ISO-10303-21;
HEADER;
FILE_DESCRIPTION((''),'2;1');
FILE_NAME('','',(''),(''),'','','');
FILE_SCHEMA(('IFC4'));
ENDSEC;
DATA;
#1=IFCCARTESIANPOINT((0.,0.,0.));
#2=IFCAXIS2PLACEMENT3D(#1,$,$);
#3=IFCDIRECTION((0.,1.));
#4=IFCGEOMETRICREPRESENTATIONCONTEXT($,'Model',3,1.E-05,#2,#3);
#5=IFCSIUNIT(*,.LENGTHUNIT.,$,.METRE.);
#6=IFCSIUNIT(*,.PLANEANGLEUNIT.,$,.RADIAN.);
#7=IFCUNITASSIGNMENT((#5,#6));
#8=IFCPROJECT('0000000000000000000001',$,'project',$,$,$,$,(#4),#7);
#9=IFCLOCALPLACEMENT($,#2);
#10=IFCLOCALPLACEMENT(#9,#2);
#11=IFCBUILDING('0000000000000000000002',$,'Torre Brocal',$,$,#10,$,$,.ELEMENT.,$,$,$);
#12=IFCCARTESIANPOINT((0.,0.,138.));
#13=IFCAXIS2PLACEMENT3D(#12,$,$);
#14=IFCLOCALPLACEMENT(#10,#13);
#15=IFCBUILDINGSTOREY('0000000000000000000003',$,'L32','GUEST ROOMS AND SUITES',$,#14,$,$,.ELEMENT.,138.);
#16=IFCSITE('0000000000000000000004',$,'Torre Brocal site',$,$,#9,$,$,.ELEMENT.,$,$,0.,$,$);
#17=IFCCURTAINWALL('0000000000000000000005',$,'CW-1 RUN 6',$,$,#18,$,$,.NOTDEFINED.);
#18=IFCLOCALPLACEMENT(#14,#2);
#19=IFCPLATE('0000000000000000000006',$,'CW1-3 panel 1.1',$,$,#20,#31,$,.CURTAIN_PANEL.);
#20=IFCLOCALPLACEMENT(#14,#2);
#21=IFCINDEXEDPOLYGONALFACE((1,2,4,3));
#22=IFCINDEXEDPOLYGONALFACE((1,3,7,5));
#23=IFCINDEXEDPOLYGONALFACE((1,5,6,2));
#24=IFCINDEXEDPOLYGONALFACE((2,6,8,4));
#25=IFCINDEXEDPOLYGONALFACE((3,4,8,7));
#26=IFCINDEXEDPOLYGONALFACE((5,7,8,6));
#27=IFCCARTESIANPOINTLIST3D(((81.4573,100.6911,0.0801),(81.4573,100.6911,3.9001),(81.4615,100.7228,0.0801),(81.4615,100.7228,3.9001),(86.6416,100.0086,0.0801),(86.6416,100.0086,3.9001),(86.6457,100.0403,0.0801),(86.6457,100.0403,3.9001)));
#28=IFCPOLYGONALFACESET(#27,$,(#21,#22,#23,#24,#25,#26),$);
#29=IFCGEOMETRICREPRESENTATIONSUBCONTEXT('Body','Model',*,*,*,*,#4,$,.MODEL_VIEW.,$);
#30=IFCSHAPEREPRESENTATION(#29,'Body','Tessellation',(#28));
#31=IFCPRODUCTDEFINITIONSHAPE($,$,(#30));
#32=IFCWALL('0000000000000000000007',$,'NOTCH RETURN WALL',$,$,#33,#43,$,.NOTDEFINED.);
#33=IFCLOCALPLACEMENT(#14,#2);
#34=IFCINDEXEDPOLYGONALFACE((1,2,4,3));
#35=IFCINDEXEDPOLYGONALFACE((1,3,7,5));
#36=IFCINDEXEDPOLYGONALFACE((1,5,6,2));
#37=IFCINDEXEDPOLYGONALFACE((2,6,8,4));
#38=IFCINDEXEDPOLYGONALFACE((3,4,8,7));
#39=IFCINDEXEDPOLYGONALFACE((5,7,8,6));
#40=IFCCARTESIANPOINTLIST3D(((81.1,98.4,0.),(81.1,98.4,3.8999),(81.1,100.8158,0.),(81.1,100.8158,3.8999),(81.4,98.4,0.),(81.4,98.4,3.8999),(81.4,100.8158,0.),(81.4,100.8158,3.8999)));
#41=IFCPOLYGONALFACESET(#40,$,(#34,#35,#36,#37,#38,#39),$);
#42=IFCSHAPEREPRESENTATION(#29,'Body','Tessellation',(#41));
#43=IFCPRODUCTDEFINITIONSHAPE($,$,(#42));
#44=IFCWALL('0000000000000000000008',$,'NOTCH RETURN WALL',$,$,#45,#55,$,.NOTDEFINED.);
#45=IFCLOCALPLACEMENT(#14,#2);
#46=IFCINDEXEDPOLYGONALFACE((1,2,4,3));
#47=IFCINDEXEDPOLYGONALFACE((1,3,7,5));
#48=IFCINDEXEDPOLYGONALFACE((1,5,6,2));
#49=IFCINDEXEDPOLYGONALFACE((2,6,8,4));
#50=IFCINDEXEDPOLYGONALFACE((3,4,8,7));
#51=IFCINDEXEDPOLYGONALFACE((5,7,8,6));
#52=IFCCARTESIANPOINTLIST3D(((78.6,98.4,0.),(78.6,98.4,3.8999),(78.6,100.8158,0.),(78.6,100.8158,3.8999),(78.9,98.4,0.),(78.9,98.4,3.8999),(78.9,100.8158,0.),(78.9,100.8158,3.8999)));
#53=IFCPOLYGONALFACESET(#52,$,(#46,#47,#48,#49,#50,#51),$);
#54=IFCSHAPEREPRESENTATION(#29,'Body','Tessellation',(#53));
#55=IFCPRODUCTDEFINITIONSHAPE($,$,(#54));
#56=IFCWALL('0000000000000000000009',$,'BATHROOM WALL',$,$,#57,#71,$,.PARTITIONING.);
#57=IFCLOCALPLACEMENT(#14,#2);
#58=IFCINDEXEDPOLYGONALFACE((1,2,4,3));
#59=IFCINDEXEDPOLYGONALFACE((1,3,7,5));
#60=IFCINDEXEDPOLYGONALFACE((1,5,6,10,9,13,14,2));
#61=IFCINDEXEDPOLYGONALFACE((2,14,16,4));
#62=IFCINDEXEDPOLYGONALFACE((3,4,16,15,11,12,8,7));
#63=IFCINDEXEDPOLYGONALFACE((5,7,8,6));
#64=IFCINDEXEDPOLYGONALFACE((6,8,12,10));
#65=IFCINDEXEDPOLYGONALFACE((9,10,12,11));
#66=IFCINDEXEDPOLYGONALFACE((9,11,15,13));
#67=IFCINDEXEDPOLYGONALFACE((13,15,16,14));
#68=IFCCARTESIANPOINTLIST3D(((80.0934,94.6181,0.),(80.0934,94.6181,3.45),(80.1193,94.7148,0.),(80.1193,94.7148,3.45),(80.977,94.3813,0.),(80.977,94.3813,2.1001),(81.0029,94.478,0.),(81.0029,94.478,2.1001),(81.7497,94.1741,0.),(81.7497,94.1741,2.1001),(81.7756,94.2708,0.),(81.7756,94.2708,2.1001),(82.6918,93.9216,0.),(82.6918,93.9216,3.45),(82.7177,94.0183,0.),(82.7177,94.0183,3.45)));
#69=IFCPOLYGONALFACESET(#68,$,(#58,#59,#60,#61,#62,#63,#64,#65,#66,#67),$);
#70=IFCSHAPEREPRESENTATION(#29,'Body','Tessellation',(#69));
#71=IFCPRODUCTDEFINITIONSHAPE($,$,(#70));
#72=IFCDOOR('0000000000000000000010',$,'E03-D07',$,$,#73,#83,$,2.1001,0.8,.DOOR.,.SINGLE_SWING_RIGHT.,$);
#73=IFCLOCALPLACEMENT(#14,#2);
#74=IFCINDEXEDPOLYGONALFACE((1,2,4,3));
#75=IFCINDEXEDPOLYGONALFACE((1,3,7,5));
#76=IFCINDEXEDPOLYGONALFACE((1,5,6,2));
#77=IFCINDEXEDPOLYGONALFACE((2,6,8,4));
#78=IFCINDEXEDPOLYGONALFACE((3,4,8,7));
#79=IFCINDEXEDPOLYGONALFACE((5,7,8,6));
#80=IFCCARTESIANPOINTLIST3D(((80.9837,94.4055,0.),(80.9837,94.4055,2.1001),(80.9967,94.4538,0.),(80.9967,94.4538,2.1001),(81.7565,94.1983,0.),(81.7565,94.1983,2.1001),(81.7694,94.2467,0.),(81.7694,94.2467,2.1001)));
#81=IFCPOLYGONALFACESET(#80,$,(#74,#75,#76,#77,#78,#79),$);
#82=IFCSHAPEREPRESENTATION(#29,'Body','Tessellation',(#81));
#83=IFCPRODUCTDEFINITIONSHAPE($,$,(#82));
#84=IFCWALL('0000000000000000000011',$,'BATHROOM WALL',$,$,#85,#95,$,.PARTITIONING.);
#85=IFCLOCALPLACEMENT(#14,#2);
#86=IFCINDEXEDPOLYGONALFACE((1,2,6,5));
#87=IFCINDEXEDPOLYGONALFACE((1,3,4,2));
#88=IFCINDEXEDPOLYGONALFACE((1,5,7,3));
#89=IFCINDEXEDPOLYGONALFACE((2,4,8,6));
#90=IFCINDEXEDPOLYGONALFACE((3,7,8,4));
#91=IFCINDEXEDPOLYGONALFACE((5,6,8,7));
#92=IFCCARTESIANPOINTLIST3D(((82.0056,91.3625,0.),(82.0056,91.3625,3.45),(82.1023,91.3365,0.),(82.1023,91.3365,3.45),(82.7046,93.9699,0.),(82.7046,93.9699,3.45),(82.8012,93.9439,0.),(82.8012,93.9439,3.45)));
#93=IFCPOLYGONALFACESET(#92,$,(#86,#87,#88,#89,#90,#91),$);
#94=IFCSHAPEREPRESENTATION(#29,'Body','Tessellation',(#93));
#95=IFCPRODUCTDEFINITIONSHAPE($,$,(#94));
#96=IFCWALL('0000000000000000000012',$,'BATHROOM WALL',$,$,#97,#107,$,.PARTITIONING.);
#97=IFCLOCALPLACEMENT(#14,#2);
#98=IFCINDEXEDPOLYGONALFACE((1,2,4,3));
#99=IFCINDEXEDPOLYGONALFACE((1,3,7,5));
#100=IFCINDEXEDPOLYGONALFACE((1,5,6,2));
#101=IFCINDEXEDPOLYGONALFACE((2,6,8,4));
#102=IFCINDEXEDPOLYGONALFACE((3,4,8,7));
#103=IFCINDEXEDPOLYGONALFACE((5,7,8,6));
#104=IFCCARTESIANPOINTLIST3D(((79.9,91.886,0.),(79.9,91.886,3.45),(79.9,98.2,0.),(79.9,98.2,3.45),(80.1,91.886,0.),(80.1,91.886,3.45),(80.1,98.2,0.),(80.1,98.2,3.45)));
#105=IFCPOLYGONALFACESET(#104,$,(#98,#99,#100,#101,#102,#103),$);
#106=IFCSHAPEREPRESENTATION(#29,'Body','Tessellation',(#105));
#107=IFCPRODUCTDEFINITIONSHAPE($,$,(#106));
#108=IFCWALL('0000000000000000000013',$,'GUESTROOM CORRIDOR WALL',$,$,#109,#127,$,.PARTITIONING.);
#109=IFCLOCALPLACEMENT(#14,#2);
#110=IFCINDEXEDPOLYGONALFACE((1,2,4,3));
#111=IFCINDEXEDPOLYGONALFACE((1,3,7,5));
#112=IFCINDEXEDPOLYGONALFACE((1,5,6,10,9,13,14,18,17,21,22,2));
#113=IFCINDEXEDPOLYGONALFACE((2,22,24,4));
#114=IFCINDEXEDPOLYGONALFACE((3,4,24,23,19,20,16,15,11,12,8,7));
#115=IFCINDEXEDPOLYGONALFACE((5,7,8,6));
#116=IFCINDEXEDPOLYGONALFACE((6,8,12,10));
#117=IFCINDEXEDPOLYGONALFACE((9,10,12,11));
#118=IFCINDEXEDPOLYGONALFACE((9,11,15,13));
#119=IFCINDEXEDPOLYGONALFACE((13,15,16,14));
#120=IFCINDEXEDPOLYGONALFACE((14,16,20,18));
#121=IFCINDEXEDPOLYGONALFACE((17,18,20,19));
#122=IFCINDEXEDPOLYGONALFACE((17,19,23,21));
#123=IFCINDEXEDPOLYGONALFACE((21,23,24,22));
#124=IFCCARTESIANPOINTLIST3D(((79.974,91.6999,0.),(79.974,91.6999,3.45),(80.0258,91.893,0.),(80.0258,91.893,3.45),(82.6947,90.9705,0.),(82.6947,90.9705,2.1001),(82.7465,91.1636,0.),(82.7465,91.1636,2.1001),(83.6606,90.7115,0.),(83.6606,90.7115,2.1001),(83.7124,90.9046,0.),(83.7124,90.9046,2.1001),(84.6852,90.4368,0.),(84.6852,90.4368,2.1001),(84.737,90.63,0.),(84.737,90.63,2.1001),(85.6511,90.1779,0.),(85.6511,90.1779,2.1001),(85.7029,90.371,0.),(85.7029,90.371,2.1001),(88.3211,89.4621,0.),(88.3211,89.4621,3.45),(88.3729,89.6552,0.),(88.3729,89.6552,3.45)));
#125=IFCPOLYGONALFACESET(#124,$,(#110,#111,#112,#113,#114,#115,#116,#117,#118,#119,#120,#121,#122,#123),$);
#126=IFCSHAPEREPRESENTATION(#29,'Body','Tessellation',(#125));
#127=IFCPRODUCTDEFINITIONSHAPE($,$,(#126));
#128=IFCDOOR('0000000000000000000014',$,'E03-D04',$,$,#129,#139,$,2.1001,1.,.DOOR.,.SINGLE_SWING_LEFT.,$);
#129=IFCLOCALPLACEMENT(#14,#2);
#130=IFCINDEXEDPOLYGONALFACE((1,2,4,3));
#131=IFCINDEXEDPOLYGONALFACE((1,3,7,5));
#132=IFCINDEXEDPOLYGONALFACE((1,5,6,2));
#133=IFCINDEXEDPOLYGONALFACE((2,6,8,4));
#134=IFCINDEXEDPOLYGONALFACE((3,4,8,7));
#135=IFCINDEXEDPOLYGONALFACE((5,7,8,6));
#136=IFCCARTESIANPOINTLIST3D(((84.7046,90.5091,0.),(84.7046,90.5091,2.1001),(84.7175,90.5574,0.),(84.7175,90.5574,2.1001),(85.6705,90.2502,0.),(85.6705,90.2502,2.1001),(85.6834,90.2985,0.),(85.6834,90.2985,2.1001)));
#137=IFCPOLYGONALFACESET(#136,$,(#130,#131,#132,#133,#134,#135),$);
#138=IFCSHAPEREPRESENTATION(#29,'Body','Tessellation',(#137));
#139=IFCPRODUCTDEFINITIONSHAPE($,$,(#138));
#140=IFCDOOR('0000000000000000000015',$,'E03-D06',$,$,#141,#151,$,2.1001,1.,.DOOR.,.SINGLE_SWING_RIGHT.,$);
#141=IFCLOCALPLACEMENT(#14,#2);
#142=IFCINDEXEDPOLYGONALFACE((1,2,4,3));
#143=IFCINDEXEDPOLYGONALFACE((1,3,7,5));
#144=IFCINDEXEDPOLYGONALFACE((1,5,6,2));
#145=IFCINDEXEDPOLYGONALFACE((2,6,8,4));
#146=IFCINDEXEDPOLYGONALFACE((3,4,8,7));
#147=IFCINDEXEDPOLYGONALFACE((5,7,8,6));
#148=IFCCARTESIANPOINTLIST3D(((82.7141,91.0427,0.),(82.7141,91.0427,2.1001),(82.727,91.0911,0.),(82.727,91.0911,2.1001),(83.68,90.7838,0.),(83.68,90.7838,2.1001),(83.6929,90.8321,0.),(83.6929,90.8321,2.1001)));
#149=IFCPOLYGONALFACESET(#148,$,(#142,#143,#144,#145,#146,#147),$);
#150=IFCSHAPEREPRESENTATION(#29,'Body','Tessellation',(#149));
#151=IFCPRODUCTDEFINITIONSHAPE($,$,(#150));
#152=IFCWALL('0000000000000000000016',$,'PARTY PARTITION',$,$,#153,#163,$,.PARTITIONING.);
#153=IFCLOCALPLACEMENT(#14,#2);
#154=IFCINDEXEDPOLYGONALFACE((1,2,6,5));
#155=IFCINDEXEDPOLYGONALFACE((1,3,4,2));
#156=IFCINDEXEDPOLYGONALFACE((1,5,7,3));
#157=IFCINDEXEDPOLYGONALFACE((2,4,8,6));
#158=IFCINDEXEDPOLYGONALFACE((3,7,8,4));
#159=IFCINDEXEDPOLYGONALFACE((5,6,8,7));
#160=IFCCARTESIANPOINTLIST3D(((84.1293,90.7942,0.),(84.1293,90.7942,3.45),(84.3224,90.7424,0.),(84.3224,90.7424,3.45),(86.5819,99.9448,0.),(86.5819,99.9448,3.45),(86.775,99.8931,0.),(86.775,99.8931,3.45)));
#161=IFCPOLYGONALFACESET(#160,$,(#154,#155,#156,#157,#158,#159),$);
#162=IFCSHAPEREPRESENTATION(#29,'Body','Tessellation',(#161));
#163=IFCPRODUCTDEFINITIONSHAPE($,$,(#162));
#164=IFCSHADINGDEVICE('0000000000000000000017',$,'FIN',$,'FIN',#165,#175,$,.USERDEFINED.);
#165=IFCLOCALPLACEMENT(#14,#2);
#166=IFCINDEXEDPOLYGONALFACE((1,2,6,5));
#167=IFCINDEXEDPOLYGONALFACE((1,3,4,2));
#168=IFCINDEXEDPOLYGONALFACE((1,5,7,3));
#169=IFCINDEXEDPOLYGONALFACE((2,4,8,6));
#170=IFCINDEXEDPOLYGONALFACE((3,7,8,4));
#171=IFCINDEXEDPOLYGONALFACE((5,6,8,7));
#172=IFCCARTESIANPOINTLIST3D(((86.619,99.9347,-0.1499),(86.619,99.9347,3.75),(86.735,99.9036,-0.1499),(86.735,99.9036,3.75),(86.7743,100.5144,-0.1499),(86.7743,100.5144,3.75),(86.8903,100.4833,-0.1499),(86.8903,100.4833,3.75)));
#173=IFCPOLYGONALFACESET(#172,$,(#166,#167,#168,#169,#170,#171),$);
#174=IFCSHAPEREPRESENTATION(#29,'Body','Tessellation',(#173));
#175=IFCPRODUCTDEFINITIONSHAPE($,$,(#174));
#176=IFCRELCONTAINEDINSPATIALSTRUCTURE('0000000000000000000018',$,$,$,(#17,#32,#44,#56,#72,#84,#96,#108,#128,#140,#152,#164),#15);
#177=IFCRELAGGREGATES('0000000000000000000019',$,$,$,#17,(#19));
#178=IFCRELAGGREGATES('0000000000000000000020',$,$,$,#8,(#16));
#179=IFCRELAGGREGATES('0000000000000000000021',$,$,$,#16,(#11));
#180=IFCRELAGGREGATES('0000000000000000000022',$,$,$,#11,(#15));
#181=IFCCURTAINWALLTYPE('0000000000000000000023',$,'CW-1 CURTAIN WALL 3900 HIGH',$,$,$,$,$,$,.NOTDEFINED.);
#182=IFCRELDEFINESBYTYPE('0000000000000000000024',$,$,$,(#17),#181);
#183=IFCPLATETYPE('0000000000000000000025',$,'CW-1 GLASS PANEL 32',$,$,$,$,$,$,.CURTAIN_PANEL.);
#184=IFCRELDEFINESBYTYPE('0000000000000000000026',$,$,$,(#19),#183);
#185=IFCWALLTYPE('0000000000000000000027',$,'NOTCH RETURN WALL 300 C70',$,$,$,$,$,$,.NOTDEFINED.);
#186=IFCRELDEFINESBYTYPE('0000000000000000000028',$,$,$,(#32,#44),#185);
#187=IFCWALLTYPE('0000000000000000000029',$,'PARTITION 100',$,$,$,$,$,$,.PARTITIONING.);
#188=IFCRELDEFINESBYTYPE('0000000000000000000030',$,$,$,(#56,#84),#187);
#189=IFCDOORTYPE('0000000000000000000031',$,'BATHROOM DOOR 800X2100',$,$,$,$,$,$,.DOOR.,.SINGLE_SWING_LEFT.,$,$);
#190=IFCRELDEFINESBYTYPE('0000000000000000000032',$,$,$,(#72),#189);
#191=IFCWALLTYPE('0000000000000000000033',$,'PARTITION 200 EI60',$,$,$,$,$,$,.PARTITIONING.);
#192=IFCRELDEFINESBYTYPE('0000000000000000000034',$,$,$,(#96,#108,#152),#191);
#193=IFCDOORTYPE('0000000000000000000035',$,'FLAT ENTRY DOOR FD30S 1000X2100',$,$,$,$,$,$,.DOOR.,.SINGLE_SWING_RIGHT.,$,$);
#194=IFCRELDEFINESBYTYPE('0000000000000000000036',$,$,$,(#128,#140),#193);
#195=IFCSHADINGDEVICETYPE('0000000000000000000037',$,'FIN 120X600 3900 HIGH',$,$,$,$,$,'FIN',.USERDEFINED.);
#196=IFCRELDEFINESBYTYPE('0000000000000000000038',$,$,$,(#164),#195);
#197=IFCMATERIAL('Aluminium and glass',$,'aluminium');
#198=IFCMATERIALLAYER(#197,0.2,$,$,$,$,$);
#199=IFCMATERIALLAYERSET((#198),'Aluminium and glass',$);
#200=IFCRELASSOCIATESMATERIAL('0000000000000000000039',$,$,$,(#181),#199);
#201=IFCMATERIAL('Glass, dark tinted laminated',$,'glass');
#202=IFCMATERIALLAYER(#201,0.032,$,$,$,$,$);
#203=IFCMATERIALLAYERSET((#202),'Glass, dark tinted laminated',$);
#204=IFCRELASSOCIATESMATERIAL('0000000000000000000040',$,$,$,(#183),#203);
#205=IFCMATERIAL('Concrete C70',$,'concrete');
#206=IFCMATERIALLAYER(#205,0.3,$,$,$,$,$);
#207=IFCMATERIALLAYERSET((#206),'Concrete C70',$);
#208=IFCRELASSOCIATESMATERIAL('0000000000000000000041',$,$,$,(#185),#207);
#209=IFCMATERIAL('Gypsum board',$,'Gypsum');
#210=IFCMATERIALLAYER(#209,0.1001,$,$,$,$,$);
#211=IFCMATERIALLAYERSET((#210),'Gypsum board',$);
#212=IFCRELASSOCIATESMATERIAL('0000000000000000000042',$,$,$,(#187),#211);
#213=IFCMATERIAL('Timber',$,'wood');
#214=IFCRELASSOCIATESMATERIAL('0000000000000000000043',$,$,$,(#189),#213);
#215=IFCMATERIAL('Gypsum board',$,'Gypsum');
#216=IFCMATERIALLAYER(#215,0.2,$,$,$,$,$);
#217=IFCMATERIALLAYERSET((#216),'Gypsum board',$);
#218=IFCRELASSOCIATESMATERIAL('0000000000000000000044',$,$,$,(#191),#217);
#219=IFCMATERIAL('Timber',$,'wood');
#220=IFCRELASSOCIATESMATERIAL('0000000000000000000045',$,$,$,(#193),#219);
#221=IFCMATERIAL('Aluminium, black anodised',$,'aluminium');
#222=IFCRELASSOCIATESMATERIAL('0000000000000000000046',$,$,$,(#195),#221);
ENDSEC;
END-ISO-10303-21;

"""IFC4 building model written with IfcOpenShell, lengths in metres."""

from ifc_helpers import new_model, si_unit, direction, frame, frame_2d, origin, origin_2d, place, context, subcontext, project, spatial, rectangle, extrude, material, layer, layer_set, material_profile, profile_set, type_object, element, fill, aggregate, save


model = new_model("IFC4")

# Units and contexts
model_context = context("Model", 3, precision=1e-05, world=origin(), true_north=direction((0.0, 1.0)))
body_context = subcontext(model_context, "Body", "Model", "MODEL_VIEW")
ifc_project = project(units=[si_unit("LENGTHUNIT", "METRE"), si_unit("PLANEANGLEUNIT", "RADIAN")], contexts=[model_context])

# Site, building, storey
site_placement = place(None, origin())
site = spatial("IfcSite", under=ifc_project, at=site_placement, Name="Torre Brocal site", CompositionType="ELEMENT", RefElevation=0.0)
building_placement = place(site_placement, origin())
building = spatial("IfcBuilding", under=site, at=building_placement, Name="Torre Brocal", CompositionType="ELEMENT")
storey_placement = place(building_placement, frame((0.0, 0.0, 138.0)))
storey = spatial("IfcBuildingStorey", under=building, at=storey_placement, Name="L32", Description="GUEST ROOMS AND SUITES", CompositionType="ELEMENT", Elevation=138.0)

# Shared definitions
ifc_material_1 = material(Name="Aluminium and glass", Category="aluminium")
ifc_layer_1 = layer(ifc_material_1, 0.2)
ifc_layer_set_1 = layer_set([ifc_layer_1], Name="Aluminium and glass")
curtain_wall_type = type_object("IfcCurtainWallType", Name="CW-1 CURTAIN WALL 3900 HIGH", PredefinedType="NOTDEFINED", material=ifc_layer_set_1)

# Curtain wall
curtain_wall_1_placement = place(storey_placement, origin())
curtain_wall_1 = element("IfcCurtainWall", 1, at=curtain_wall_1_placement, inside=storey, type_object=curtain_wall_type, Name="CW-1 RUN 6", PredefinedType="NOTDEFINED")

# Plate
ifc_material_2 = material(Name="Glass, dark tinted laminated", Category="glass")
ifc_layer_2 = layer(ifc_material_2, 0.032)
ifc_layer_set_2 = layer_set([ifc_layer_2], Name="Glass, dark tinted laminated")
plate_type = type_object("IfcPlateType", Name="CW-1 GLASS PANEL 32", PredefinedType="CURTAIN_PANEL", material=ifc_layer_set_2)
plate_1_placement = place(storey_placement, frame((84.0515, 100.3657, 0.0801), z_axis=(0.0, 0.0, 1.0), x_axis=(-0.991445, 0.130526, 0.0)))
plate_1 = element("IfcPlate", 2, at=plate_1_placement, type_object=plate_type, Name="CW1-3 panel 1.1", PredefinedType="CURTAIN_PANEL", context=body_context, shape_type="SweptSolid", body=[
    extrude(rectangle(XDim=5.229, YDim=0.032, at=origin_2d()), origin(), (0.0, 0.0, 1.0), 3.8201),
])
aggregate(curtain_wall_1, [plate_1])

# Walls
ifc_material_3 = material(Name="Concrete C70", Category="concrete")
ifc_layer_3 = layer(ifc_material_3, 0.3)
ifc_layer_set_3 = layer_set([ifc_layer_3], Name="Concrete C70")
wall_type_1 = type_object("IfcWallType", Name="NOTCH RETURN WALL 300 C70", PredefinedType="NOTDEFINED", material=ifc_layer_set_3)
for number, where, z_axis, x_axis, name in (
    (3, (81.25, 98.3999, 0.0), (0.0, 0.0, 1.0), (0.0, 1.0, 0.0), "NOTCH RETURN WALL"),
    (4, (78.75, 98.3999, 0.0), (0.0, 0.0, 1.0), (0.0, 1.0, 0.0), "NOTCH RETURN WALL"),
):
    element("IfcWall", number, at=place(storey_placement, frame(where, z_axis=z_axis, x_axis=x_axis)), inside=storey, type_object=wall_type_1, Name=name, PredefinedType="NOTDEFINED", context=body_context, shape_type="SweptSolid", body=[
        extrude(rectangle(XDim=2.4158, YDim=0.3, at=frame_2d((1.208, 0.0))), origin(), (0.0, 0.0, 1.0), 3.8999),
    ])

# Wall, opening, door
ifc_material_4 = material(Name="Gypsum board", Category="Gypsum")
ifc_layer_4 = layer(ifc_material_4, 0.1001)
ifc_layer_set_4 = layer_set([ifc_layer_4], Name="Gypsum board")
wall_type_2 = type_object("IfcWallType", Name="PARTITION 100", PredefinedType="PARTITIONING", material=ifc_layer_set_4)
wall_1_placement = place(storey_placement, frame((80.1062, 94.6665, 0.0), z_axis=(0.0, 0.0, 1.0), x_axis=(0.965898, -0.258922, 0.0)))
wall_1 = element("IfcWall", 5, at=wall_1_placement, inside=storey, type_object=wall_type_2, Name="BATHROOM WALL", PredefinedType="PARTITIONING", context=body_context, shape_type="SweptSolid", body=[
    extrude(rectangle(XDim=2.6902, YDim=0.1001, at=frame_2d((1.3452, 0.0))), origin(), (0.0, 0.0, 1.0), 3.45),
])
opening_1_placement = place(wall_1_placement, frame((0.915, 0.0, 0.0)))
opening_1 = element("IfcOpeningElement", 6, at=opening_1_placement, cuts=wall_1, PredefinedType="OPENING", context=body_context, shape_type="SweptSolid", body=[
    extrude(rectangle(XDim=0.8, YDim=2.1001, at=frame_2d((0.3999, 1.05))), frame((0.0, 0.0601, 0.0), z_axis=(0.0, -1.0, 0.0), x_axis=(1.0, 0.0, 0.0)), (0.0, 0.0, 1.0), 0.1201),
])
ifc_material_5 = material(Name="Timber", Category="wood")
door_type_1 = type_object("IfcDoorType", Name="BATHROOM DOOR 800X2100", OperationType="SINGLE_SWING_LEFT", PredefinedType="DOOR", material=ifc_material_5)
door_1_placement = place(opening_1_placement, frame((0.8, 0.0, 0.0), z_axis=(0.0, 0.0, 1.0), x_axis=(-1.0, 0.0, 0.0)))
door_1 = element("IfcDoor", 7, at=door_1_placement, inside=storey, type_object=door_type_1, Name="E03-D07", OperationType="SINGLE_SWING_RIGHT", OverallHeight=2.1001, OverallWidth=0.8, PredefinedType="DOOR", context=body_context, shape_type="SweptSolid", body=[
    extrude(rectangle(XDim=0.8, YDim=2.1001, at=frame_2d((0.3999, 1.05))), frame((0.0, 0.0249, 0.0), z_axis=(0.0, -1.0, 0.0), x_axis=(1.0, 0.0, 0.0)), (0.0, 0.0, 1.0), 0.05),
])
fill(opening_1, door_1)

# Walls
wall_2_placement = place(storey_placement, frame((82.054, 91.3496, 0.0), z_axis=(0.0, 0.0, 1.0), x_axis=(0.258929, 0.965896, 0.0)))
element("IfcWall", 8, at=wall_2_placement, inside=storey, type_object=wall_type_2, Name="BATHROOM WALL", PredefinedType="PARTITIONING", context=body_context, shape_type="SweptSolid", body=[
    extrude(rectangle(XDim=2.6995, YDim=0.1001, at=frame_2d((1.3496, 0.0))), origin(), (0.0, 0.0, 1.0), 3.45),
])
ifc_material_6 = material(Name="Gypsum board", Category="Gypsum")
ifc_layer_5 = layer(ifc_material_6, 0.2)
ifc_layer_set_5 = layer_set([ifc_layer_5], Name="Gypsum board")
wall_type_3 = type_object("IfcWallType", Name="PARTITION 200 EI60", PredefinedType="PARTITIONING", material=ifc_layer_set_5)
wall_3_placement = place(storey_placement, frame((80.0, 91.886, 0.0), z_axis=(0.0, 0.0, 1.0), x_axis=(0.0, 1.0, 0.0)))
element("IfcWall", 9, at=wall_3_placement, inside=storey, type_object=wall_type_3, Name="BATHROOM WALL", PredefinedType="PARTITIONING", context=body_context, shape_type="SweptSolid", body=[
    extrude(rectangle(XDim=6.314, YDim=0.2, at=frame_2d((3.157, 0.0))), origin(), (0.0, 0.0, 1.0), 3.45),
])

# Wall, openings, doors
wall_4_placement = place(storey_placement, frame((80.0, 91.7964, 0.0), z_axis=(0.0, 0.0, 1.0), x_axis=(0.965892, -0.258946, 0.0)))
wall_4 = element("IfcWall", 10, at=wall_4_placement, inside=storey, type_object=wall_type_3, Name="GUESTROOM CORRIDOR WALL", PredefinedType="PARTITIONING", context=body_context, shape_type="SweptSolid", body=[
    extrude(rectangle(XDim=8.6418, YDim=0.2, at=frame_2d((4.3208, 0.0))), origin(), (0.0, 0.0, 1.0), 3.45),
])
opening_2_placement = place(wall_4_placement, frame((4.8774, 0.0, 0.0)))
opening_2 = element("IfcOpeningElement", 11, at=opening_2_placement, cuts=wall_4, PredefinedType="OPENING", context=body_context, shape_type="SweptSolid", body=[
    extrude(rectangle(XDim=1.0, YDim=2.1001, at=frame_2d((0.5, 1.05))), frame((0.0, 0.1099, 0.0), z_axis=(0.0, -1.0, 0.0), x_axis=(1.0, 0.0, 0.0)), (0.0, 0.0, 1.0), 0.22),
])
opening_3_placement = place(wall_4_placement, frame((2.8167, 0.0, 0.0)))
opening_3 = element("IfcOpeningElement", 12, at=opening_3_placement, cuts=wall_4, PredefinedType="OPENING", context=body_context, shape_type="SweptSolid", body=[
    extrude(rectangle(XDim=1.0, YDim=2.1001, at=frame_2d((0.5, 1.05))), frame((0.0, 0.1099, 0.0), z_axis=(0.0, -1.0, 0.0), x_axis=(1.0, 0.0, 0.0)), (0.0, 0.0, 1.0), 0.22),
])
ifc_material_7 = material(Name="Timber", Category="wood")
door_type_2 = type_object("IfcDoorType", Name="FLAT ENTRY DOOR FD30S 1000X2100", OperationType="SINGLE_SWING_RIGHT", PredefinedType="DOOR", material=ifc_material_7)
door_2_placement = place(opening_2_placement, origin())
door_2 = element("IfcDoor", 13, at=door_2_placement, inside=storey, type_object=door_type_2, Name="E03-D04", OperationType="SINGLE_SWING_LEFT", OverallHeight=2.1001, OverallWidth=1.0, PredefinedType="DOOR", context=body_context, shape_type="SweptSolid", body=[
    extrude(rectangle(XDim=1.0, YDim=2.1001, at=frame_2d((0.5, 1.05))), frame((0.0, 0.0249, 0.0), z_axis=(0.0, -1.0, 0.0), x_axis=(1.0, 0.0, 0.0)), (0.0, 0.0, 1.0), 0.05),
])
fill(opening_2, door_2)
door_3_placement = place(opening_3_placement, origin())
door_3 = element("IfcDoor", 14, at=door_3_placement, inside=storey, type_object=door_type_2, Name="E03-D06", OperationType="SINGLE_SWING_RIGHT", OverallHeight=2.1001, OverallWidth=1.0, PredefinedType="DOOR", context=body_context, shape_type="SweptSolid", body=[
    extrude(rectangle(XDim=1.0, YDim=2.1001, at=frame_2d((0.5, 1.05))), frame((0.0, 0.0249, 0.0), z_axis=(0.0, -1.0, 0.0), x_axis=(1.0, 0.0, 0.0)), (0.0, 0.0, 1.0), 0.05),
])
fill(opening_3, door_3)

# Wall
wall_5_placement = place(storey_placement, frame((84.2258, 90.7683, 0.0), z_axis=(0.0, 0.0, 1.0), x_axis=(0.258891, 0.965907, 0.0)))
element("IfcWall", 15, at=wall_5_placement, inside=storey, type_object=wall_type_3, Name="PARTY PARTITION", PredefinedType="PARTITIONING", context=body_context, shape_type="SweptSolid", body=[
    extrude(rectangle(XDim=9.4736, YDim=0.2, at=frame_2d((4.7368, 0.0))), origin(), (0.0, 0.0, 1.0), 3.45),
])

# Shading device
ifc_material_8 = material(Name="Aluminium, black anodised", Category="aluminium")
ifc_material_profile_1 = material_profile(ifc_material_8, rectangle(XDim=0.1201, YDim=0.6001, at=origin_2d()), Name="FIN 120X600 3900 HIGH")
ifc_profile_set_1 = profile_set([ifc_material_profile_1], Name="Aluminium, black anodised")
shading_device_type = type_object("IfcShadingDeviceType", Name="FIN 120X600 3900 HIGH", ElementType="FIN", PredefinedType="USERDEFINED", material=ifc_profile_set_1)
shading_device_placement = place(storey_placement, frame((86.7546, 100.209, -0.1499), z_axis=(0.0, 0.0, 1.0), x_axis=(-0.965926, 0.258819, 0.0)))
element("IfcShadingDevice", 16, at=shading_device_placement, inside=storey, type_object=shading_device_type, Name="FIN", ObjectType="FIN", PredefinedType="USERDEFINED", context=body_context, shape_type="SweptSolid", body=[
    extrude(rectangle(XDim=0.1201, YDim=0.6001, at=origin_2d()), origin(), (0.0, 0.0, 1.0), 3.8999),
])

save(model, "model.ifc")
